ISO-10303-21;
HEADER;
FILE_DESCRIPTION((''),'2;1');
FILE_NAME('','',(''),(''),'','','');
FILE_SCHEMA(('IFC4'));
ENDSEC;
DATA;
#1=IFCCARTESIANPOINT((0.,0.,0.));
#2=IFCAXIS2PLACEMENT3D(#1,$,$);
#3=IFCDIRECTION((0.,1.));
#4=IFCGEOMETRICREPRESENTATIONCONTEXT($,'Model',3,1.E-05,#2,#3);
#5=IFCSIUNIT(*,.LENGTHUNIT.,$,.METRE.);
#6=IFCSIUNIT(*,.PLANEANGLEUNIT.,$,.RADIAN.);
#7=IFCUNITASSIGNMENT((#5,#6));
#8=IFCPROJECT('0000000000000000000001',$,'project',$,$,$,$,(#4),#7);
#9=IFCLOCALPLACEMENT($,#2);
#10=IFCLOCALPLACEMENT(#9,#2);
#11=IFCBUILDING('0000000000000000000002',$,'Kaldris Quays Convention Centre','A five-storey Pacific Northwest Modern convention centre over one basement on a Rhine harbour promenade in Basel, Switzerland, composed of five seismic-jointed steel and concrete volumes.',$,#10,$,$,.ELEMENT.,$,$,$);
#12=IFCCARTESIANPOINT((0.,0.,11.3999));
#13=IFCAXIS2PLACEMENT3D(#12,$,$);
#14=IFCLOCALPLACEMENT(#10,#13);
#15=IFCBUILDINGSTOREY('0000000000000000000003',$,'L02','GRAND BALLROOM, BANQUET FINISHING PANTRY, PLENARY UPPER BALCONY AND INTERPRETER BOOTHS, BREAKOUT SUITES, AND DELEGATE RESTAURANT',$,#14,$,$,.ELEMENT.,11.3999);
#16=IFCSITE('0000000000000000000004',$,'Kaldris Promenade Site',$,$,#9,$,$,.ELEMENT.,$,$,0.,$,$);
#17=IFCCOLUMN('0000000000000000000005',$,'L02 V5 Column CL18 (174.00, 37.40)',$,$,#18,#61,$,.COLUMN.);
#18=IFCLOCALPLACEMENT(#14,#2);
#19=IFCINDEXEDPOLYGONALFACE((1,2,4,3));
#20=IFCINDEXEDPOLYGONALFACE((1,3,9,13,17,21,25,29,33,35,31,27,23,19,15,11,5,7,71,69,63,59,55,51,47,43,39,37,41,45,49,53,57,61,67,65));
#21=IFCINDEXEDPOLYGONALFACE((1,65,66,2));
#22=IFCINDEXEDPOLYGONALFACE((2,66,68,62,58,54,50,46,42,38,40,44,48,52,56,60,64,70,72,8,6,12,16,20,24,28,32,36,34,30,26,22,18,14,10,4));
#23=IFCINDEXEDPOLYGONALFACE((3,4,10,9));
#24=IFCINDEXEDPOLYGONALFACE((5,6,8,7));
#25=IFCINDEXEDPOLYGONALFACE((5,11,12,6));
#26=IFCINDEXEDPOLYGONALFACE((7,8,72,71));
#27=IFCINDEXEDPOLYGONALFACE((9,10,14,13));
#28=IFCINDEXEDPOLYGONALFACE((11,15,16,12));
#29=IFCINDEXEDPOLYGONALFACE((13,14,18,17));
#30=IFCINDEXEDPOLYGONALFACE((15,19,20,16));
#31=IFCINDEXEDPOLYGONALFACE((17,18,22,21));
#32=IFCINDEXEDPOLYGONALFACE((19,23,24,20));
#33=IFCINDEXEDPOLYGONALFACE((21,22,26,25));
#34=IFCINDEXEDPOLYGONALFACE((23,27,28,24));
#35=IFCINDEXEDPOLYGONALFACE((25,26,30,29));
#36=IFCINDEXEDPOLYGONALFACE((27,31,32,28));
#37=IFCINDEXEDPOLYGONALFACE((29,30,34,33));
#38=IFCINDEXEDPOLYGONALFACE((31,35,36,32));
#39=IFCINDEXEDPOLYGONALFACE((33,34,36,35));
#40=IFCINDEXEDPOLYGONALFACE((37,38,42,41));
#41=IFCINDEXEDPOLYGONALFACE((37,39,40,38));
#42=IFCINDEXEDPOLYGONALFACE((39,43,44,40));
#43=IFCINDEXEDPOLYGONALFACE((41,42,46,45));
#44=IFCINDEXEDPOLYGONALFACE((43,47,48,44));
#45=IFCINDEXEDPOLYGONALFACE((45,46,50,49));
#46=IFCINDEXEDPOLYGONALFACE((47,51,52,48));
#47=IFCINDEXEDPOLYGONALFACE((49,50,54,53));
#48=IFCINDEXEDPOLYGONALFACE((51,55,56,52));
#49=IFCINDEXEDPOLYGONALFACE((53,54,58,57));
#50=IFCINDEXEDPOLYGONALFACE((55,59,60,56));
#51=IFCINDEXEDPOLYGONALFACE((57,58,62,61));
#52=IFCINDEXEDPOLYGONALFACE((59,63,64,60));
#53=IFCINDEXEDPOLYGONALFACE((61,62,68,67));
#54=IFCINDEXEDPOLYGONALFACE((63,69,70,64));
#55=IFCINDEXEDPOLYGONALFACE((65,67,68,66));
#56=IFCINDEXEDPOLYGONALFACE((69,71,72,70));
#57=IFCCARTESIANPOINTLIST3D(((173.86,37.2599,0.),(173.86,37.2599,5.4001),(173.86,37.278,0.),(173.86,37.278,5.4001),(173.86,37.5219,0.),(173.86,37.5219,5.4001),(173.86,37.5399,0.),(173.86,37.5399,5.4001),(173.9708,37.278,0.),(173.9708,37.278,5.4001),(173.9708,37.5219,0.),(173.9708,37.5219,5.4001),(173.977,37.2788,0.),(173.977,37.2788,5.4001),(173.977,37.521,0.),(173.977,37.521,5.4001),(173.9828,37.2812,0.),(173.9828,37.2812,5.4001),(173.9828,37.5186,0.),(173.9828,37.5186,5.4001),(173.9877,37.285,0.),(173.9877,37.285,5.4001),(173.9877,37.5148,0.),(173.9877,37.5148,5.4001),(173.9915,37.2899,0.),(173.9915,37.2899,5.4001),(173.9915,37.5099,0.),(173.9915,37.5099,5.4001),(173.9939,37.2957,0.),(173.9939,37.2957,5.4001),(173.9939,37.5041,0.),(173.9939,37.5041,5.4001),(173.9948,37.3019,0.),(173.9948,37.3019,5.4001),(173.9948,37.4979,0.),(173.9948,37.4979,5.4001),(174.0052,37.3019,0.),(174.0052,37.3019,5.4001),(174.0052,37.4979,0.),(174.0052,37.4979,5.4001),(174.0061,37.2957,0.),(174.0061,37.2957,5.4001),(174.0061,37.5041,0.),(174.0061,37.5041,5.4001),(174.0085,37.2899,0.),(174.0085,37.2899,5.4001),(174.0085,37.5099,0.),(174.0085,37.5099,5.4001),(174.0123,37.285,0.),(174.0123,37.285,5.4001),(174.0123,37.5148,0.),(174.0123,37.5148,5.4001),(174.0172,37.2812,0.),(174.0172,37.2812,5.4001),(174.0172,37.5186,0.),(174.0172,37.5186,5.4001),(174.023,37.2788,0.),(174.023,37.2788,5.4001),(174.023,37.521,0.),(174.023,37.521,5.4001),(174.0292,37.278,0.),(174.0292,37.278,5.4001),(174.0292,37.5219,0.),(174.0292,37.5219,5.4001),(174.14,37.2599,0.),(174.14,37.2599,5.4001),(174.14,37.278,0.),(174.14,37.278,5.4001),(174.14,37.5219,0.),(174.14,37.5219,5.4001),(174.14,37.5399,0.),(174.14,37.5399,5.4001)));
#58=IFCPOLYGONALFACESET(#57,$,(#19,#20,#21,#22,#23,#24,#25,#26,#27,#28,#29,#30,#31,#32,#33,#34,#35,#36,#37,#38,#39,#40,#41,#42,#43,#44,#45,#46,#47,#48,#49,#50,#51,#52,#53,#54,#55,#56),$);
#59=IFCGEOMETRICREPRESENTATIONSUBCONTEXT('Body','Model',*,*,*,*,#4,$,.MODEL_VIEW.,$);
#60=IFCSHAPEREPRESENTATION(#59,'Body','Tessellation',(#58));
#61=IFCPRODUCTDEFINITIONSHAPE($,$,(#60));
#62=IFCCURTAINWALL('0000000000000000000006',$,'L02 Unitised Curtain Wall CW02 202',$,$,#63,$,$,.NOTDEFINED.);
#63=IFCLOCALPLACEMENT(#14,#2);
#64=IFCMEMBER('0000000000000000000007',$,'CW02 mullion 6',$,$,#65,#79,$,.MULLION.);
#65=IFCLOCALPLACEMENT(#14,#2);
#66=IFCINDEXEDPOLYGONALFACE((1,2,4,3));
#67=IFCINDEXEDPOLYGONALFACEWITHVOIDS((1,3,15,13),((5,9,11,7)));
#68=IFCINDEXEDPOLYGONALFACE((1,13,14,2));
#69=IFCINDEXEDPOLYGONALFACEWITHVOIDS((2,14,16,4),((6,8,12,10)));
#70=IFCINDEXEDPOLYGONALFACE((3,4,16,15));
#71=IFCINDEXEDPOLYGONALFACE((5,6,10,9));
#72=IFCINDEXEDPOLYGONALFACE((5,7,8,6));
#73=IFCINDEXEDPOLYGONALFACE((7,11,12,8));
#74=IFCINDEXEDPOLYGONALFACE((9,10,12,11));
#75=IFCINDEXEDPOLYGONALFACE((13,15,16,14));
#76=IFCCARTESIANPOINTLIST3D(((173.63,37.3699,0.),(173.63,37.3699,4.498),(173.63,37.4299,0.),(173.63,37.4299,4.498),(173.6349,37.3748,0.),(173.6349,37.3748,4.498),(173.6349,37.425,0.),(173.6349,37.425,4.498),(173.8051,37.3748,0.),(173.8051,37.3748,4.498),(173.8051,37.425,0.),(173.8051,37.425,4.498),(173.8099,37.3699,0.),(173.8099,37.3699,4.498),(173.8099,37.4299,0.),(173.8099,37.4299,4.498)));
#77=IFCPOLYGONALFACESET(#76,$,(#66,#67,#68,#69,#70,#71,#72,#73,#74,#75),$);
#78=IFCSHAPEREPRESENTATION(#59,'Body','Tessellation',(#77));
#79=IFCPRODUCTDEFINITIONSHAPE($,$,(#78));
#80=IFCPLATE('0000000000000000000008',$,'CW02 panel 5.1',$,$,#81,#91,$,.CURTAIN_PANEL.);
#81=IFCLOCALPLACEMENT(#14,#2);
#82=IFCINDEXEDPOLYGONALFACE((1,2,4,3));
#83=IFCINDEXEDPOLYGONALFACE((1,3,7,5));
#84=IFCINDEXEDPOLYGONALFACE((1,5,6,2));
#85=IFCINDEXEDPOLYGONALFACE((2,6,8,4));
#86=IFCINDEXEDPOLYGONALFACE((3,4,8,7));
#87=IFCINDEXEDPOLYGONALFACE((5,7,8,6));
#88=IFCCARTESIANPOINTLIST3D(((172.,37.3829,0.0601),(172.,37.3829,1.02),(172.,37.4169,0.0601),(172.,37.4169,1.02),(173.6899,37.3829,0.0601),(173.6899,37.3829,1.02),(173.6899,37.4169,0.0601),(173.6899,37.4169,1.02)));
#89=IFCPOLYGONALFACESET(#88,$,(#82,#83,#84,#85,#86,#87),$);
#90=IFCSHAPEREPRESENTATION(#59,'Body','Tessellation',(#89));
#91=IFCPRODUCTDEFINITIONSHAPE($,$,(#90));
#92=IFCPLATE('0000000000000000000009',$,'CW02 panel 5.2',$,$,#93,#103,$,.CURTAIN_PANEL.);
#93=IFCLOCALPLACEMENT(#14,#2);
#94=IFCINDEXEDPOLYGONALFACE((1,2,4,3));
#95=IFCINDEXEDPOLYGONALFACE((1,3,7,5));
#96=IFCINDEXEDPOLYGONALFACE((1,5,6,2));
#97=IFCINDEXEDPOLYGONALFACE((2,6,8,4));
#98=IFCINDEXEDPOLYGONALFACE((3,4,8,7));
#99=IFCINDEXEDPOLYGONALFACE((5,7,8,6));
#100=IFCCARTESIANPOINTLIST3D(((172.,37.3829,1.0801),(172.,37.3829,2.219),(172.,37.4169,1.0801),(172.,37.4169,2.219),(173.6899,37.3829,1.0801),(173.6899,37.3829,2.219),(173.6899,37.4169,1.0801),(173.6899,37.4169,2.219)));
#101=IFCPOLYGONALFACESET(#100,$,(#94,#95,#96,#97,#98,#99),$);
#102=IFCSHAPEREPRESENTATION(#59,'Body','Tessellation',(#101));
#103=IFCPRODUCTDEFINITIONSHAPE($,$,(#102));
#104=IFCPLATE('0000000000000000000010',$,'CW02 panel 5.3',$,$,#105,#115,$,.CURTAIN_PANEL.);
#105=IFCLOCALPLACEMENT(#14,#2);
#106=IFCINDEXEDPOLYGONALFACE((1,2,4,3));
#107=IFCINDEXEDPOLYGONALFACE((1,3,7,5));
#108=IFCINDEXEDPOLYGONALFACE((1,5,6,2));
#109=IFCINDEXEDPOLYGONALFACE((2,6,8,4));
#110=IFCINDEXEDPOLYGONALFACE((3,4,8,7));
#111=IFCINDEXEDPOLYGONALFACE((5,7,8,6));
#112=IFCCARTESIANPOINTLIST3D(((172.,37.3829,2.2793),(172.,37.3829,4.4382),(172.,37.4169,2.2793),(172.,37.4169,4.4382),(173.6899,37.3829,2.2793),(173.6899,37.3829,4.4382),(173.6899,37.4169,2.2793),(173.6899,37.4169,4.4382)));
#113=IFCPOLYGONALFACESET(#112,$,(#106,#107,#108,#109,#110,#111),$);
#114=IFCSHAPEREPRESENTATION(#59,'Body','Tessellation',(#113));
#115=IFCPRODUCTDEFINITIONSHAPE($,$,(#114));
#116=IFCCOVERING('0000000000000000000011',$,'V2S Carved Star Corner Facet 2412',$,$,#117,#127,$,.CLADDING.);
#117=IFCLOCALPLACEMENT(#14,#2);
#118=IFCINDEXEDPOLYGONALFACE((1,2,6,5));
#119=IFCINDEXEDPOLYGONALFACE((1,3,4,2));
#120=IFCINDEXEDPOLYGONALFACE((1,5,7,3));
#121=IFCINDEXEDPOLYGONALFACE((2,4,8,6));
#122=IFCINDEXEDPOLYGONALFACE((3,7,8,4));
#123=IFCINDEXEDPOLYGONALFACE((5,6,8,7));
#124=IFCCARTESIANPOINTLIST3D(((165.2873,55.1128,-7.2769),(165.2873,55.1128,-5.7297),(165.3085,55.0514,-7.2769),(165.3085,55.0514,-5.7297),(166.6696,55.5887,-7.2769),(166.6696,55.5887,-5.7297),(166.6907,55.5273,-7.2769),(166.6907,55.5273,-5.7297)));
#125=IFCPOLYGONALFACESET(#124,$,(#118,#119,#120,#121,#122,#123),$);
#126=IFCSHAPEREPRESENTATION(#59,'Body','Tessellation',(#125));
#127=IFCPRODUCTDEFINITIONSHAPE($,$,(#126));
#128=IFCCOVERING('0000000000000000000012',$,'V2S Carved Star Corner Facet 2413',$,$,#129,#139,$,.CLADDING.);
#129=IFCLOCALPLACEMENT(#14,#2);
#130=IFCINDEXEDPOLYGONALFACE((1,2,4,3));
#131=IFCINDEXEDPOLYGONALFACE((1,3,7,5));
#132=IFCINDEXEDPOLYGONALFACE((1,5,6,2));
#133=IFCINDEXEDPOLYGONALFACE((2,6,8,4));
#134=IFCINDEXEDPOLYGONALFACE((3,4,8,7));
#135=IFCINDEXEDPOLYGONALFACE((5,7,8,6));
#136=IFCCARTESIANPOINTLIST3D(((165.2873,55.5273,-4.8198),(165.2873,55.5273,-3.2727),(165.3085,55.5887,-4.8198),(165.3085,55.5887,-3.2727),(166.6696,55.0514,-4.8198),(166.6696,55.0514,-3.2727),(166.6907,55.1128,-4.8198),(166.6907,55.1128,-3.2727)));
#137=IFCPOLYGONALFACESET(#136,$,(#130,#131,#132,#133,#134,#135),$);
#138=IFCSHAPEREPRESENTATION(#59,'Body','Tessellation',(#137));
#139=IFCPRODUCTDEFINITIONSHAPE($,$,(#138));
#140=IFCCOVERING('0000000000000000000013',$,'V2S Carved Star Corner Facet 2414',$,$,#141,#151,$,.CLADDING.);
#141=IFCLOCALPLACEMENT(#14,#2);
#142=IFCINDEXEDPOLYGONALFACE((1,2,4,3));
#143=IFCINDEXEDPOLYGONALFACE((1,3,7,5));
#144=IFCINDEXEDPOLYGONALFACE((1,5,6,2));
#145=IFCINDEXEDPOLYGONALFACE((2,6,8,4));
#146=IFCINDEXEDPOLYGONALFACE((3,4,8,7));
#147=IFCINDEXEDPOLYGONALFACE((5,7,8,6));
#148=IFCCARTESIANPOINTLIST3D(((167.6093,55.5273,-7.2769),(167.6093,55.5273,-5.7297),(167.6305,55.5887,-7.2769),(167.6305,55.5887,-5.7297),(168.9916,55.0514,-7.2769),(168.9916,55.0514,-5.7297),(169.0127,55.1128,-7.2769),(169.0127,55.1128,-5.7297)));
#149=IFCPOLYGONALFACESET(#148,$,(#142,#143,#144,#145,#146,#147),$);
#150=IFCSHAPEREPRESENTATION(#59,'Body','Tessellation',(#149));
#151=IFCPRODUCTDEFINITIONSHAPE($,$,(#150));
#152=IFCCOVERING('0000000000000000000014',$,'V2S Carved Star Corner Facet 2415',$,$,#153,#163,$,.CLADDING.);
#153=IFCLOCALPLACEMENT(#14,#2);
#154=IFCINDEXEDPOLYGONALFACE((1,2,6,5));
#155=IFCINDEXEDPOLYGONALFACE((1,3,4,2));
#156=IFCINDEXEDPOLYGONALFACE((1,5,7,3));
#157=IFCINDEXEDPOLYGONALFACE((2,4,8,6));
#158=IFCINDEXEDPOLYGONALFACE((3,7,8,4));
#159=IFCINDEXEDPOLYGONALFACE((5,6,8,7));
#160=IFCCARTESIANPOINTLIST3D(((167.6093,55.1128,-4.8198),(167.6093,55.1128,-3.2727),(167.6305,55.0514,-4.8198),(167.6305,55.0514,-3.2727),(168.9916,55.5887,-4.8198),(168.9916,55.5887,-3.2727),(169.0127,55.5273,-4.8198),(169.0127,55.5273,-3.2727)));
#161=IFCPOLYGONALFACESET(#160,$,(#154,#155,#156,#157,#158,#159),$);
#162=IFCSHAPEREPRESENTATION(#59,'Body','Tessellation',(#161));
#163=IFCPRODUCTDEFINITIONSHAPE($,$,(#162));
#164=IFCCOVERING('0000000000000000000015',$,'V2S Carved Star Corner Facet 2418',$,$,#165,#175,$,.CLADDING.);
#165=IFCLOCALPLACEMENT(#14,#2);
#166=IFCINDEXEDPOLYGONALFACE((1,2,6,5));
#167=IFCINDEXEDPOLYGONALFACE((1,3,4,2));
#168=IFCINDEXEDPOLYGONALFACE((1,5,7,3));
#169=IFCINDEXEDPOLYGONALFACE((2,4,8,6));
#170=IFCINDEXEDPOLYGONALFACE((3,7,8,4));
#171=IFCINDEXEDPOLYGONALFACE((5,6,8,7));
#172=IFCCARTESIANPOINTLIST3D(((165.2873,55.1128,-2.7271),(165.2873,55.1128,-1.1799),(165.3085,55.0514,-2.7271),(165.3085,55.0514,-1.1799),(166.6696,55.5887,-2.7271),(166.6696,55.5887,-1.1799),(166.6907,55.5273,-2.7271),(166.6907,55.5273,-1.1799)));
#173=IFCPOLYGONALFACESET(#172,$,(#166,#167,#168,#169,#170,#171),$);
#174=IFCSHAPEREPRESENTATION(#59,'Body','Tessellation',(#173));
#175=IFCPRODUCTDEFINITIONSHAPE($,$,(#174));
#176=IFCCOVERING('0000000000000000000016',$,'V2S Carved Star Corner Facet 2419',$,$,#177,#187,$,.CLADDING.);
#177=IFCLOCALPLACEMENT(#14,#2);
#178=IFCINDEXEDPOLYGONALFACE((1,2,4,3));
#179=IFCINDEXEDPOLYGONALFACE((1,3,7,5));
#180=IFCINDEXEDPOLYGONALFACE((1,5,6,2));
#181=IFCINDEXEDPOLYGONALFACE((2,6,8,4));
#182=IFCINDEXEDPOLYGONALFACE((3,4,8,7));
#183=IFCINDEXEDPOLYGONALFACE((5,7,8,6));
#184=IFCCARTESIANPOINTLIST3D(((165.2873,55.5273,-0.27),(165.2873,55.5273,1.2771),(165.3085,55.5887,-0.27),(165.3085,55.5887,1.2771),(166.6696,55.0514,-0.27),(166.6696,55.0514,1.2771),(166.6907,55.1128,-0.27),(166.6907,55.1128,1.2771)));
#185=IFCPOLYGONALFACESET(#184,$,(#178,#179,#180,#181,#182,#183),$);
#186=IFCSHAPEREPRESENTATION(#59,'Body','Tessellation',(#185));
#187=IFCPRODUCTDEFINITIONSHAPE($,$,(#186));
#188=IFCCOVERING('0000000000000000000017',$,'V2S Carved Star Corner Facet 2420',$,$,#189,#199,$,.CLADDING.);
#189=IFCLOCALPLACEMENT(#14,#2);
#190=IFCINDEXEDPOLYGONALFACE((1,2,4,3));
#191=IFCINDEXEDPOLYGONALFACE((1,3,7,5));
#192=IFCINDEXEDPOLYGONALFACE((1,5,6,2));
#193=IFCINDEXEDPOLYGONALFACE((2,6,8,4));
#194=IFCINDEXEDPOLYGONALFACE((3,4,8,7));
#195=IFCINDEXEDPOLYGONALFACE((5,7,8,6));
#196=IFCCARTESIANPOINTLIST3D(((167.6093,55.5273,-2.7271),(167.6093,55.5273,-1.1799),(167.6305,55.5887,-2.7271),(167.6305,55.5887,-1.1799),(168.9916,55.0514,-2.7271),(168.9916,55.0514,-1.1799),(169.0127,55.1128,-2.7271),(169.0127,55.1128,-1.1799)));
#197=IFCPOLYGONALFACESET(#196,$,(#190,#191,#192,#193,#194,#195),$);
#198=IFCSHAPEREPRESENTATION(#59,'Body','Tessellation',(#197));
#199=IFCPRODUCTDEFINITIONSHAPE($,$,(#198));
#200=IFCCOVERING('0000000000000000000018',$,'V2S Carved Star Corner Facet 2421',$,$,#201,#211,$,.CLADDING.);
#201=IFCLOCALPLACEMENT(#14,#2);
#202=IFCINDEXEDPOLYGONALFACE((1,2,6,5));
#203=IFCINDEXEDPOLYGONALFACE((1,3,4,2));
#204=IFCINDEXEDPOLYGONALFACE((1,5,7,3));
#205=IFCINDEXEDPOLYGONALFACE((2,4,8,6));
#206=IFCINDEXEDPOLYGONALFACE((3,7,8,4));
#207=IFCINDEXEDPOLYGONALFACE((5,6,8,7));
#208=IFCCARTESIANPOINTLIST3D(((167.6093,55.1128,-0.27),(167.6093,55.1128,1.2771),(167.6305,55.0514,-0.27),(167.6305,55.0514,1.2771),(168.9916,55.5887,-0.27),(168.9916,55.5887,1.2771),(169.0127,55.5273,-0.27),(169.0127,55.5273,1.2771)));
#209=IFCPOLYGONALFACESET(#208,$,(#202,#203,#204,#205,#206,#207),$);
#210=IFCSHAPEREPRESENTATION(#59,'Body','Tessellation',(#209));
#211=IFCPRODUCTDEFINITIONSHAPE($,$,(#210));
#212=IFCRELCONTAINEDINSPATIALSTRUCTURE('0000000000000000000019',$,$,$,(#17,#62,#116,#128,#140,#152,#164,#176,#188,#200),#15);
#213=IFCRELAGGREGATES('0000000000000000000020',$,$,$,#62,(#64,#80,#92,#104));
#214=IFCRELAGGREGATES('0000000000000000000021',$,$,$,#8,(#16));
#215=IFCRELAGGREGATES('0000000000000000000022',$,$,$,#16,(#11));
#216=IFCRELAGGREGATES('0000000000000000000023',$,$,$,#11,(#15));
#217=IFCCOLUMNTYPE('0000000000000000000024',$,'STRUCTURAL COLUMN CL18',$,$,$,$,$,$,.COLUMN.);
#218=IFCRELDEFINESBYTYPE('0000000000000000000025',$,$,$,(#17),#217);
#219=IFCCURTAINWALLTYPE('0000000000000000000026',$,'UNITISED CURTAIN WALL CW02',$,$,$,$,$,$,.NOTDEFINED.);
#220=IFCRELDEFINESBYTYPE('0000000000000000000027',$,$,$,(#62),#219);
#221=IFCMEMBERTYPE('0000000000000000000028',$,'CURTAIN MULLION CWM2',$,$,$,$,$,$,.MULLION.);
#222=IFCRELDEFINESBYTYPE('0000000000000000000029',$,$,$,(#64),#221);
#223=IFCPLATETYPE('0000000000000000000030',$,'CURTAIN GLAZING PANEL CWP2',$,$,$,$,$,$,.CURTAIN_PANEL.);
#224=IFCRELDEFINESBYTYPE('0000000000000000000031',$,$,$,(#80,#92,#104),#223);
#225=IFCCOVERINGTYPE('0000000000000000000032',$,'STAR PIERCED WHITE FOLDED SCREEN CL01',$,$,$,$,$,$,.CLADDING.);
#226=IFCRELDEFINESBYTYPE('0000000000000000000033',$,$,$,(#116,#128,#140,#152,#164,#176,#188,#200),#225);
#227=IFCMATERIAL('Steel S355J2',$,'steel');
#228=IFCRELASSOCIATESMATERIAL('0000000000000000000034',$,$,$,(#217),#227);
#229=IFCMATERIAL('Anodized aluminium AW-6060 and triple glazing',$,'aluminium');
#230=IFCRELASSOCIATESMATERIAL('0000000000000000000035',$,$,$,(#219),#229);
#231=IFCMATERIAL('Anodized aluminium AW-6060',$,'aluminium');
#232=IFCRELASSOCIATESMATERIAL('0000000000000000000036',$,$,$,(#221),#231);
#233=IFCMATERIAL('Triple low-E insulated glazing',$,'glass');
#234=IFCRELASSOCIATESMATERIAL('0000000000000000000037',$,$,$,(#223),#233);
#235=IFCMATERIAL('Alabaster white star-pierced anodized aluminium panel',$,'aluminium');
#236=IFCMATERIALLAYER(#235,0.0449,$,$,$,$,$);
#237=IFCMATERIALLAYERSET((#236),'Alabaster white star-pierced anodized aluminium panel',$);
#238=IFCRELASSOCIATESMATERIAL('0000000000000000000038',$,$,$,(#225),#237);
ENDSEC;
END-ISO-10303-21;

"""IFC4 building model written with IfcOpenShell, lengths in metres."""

from ifc_helpers import new_model, si_unit, direction, frame, origin, origin_2d, place, context, subcontext, project, spatial, rectangle, hollow_rectangle, i_section, extrude, material, layer, layer_set, material_profile, profile_set, type_object, element, aggregate, save


model = new_model("IFC4")

# Units and contexts
model_context = context("Model", 3, precision=1e-05, world=origin(), true_north=direction((0.0, 1.0)))
body_context = subcontext(model_context, "Body", "Model", "MODEL_VIEW")
ifc_project = project(units=[si_unit("LENGTHUNIT", "METRE"), si_unit("PLANEANGLEUNIT", "RADIAN")], contexts=[model_context])

# Site, building, storey
site_placement = place(None, origin())
site = spatial("IfcSite", under=ifc_project, at=site_placement, Name="Kaldris Promenade Site", CompositionType="ELEMENT", RefElevation=0.0)
building_placement = place(site_placement, origin())
building = spatial("IfcBuilding", under=site, at=building_placement, Name="Kaldris Quays Convention Centre", Description="A five-storey Pacific Northwest Modern convention centre over one basement on a Rhine harbour promenade in Basel, Switzerland, composed of five seismic-jointed steel and concrete volumes.", CompositionType="ELEMENT")
storey_placement = place(building_placement, frame((0.0, 0.0, 11.3999)))
storey = spatial("IfcBuildingStorey", under=building, at=storey_placement, Name="L02", Description="GRAND BALLROOM, BANQUET FINISHING PANTRY, PLENARY UPPER BALCONY AND INTERPRETER BOOTHS, BREAKOUT SUITES, AND DELEGATE RESTAURANT", CompositionType="ELEMENT", Elevation=11.3999)

# Column
ifc_material_1 = material(Name="Steel S355J2", Category="steel")
ifc_material_profile_1 = material_profile(ifc_material_1, i_section(OverallWidth=0.28, OverallDepth=0.28, WebThickness=0.0105, FlangeThickness=0.0181, FilletRadius=0.0239, at=origin_2d()), Name="HEB 280")
ifc_profile_set_1 = profile_set([ifc_material_profile_1], Name="Steel S355J2")
column_type = type_object("IfcColumnType", Name="STRUCTURAL COLUMN CL18", PredefinedType="COLUMN", material=ifc_profile_set_1)
column_placement = place(storey_placement, frame((174.0, 37.3999, 0.0), z_axis=(0.0, 0.0, 1.0), x_axis=(1.0, 0.0, 0.0)))
element("IfcColumn", 1, at=column_placement, inside=storey, type_object=column_type, Name="L02 V5 Column CL18 (174.00, 37.40)", PredefinedType="COLUMN", context=body_context, shape_type="SweptSolid", body=[
    extrude(i_section(OverallWidth=0.28, OverallDepth=0.28, WebThickness=0.0105, FlangeThickness=0.0181, FilletRadius=0.0239, at=origin_2d()), origin(), (0.0, 0.0, 1.0), 5.4001),
])

# Curtain wall, member, plates
ifc_material_2 = material(Name="Anodized aluminium AW-6060 and triple glazing", Category="aluminium")
curtain_wall_type = type_object("IfcCurtainWallType", Name="UNITISED CURTAIN WALL CW02", PredefinedType="NOTDEFINED", material=ifc_material_2)
curtain_wall_placement = place(storey_placement, origin())
curtain_wall = element("IfcCurtainWall", 2, at=curtain_wall_placement, inside=storey, type_object=curtain_wall_type, Name="L02 Unitised Curtain Wall CW02 202", PredefinedType="NOTDEFINED")
ifc_material_3 = material(Name="Anodized aluminium AW-6060", Category="aluminium")
ifc_material_profile_2 = material_profile(ifc_material_3, hollow_rectangle(XDim=0.0601, YDim=0.1799, WallThickness=0.0049, at=origin_2d()), Name="RHS 180x60x5")
ifc_profile_set_2 = profile_set([ifc_material_profile_2], Name="Anodized aluminium AW-6060")
member_type = type_object("IfcMemberType", Name="CURTAIN MULLION CWM2", PredefinedType="MULLION", material=ifc_profile_set_2)
member_placement = place(storey_placement, frame((173.72, 37.3999, 0.0), z_axis=(0.0, 0.0, 1.0), x_axis=(0.0, 1.0, 0.0)))
member = element("IfcMember", 3, at=member_placement, type_object=member_type, Name="CW02 mullion 6", PredefinedType="MULLION", context=body_context, shape_type="SweptSolid", body=[
    extrude(hollow_rectangle(XDim=0.0601, YDim=0.1799, WallThickness=0.0049, at=origin_2d()), origin(), (0.0, 0.0, 1.0), 4.498),
])
ifc_material_4 = material(Name="Triple low-E insulated glazing", Category="glass")
plate_type = type_object("IfcPlateType", Name="CURTAIN GLAZING PANEL CWP2", PredefinedType="CURTAIN_PANEL", material=ifc_material_4)
plate_1_placement = place(storey_placement, frame((172.845, 37.3999, 0.0601), z_axis=(0.0, 0.0, 1.0), x_axis=(1.0, 0.0, 0.0)))
plate_1 = element("IfcPlate", 4, at=plate_1_placement, type_object=plate_type, Name="CW02 panel 5.1", PredefinedType="CURTAIN_PANEL", context=body_context, shape_type="SweptSolid", body=[
    extrude(rectangle(XDim=1.6899, YDim=0.0339, at=origin_2d()), origin(), (0.0, 0.0, 1.0), 0.96),
])
plate_2_placement = place(storey_placement, frame((172.845, 37.3999, 1.0801), z_axis=(0.0, 0.0, 1.0), x_axis=(1.0, 0.0, 0.0)))
plate_2 = element("IfcPlate", 5, at=plate_2_placement, type_object=plate_type, Name="CW02 panel 5.2", PredefinedType="CURTAIN_PANEL", context=body_context, shape_type="SweptSolid", body=[
    extrude(rectangle(XDim=1.6899, YDim=0.0339, at=origin_2d()), origin(), (0.0, 0.0, 1.0), 1.1389),
])
plate_3_placement = place(storey_placement, frame((172.845, 37.3999, 2.2793), z_axis=(0.0, 0.0, 1.0), x_axis=(1.0, 0.0, 0.0)))
plate_3 = element("IfcPlate", 6, at=plate_3_placement, type_object=plate_type, Name="CW02 panel 5.3", PredefinedType="CURTAIN_PANEL", context=body_context, shape_type="SweptSolid", body=[
    extrude(rectangle(XDim=1.6899, YDim=0.0339, at=origin_2d()), origin(), (0.0, 0.0, 1.0), 2.1589),
])
aggregate(curtain_wall, [member, plate_1, plate_2, plate_3])

# Coverings
ifc_material_5 = material(Name="Alabaster white star-pierced anodized aluminium panel", Category="aluminium")
ifc_layer = layer(ifc_material_5, 0.0449)
ifc_layer_set = layer_set([ifc_layer], Name="Alabaster white star-pierced anodized aluminium panel")
covering_type = type_object("IfcCoveringType", Name="STAR PIERCED WHITE FOLDED SCREEN CL01", PredefinedType="CLADDING", material=ifc_layer_set)
for number, where, z_axis, x_axis, name in (
    (7, (165.989, 55.3201, -7.2769), (0.0, 0.0, 1.0), (0.945519, 0.325568, 0.0), "V2S Carved Star Corner Facet 2412"),
    (8, (165.989, 55.3201, -4.8198), (0.0, 0.0, 1.0), (0.945519, -0.325568, 0.0), "V2S Carved Star Corner Facet 2413"),
    (9, (168.311, 55.3201, -7.2769), (0.0, 0.0, 1.0), (0.945519, -0.325568, 0.0), "V2S Carved Star Corner Facet 2414"),
    (10, (168.311, 55.3201, -4.8198), (0.0, 0.0, 1.0), (0.945519, 0.325568, 0.0), "V2S Carved Star Corner Facet 2415"),
    (11, (165.989, 55.3201, -2.7271), (0.0, 0.0, 1.0), (0.945519, 0.325568, 0.0), "V2S Carved Star Corner Facet 2418"),
    (12, (165.989, 55.3201, -0.27), (0.0, 0.0, 1.0), (0.945519, -0.325568, 0.0), "V2S Carved Star Corner Facet 2419"),
    (13, (168.311, 55.3201, -2.7271), (0.0, 0.0, 1.0), (0.945519, -0.325568, 0.0), "V2S Carved Star Corner Facet 2420"),
    (14, (168.311, 55.3201, -0.27), (0.0, 0.0, 1.0), (0.945519, 0.325568, 0.0), "V2S Carved Star Corner Facet 2421"),
):
    element("IfcCovering", number, at=place(storey_placement, frame(where, z_axis=z_axis, x_axis=x_axis)), inside=storey, type_object=covering_type, Name=name, PredefinedType="CLADDING", context=body_context, shape_type="SweptSolid", body=[
        extrude(rectangle(XDim=1.4619, YDim=0.0649, at=origin_2d()), origin(), (0.0, 0.0, 1.0), 1.5471),
    ])

save(model, "model.ifc")
